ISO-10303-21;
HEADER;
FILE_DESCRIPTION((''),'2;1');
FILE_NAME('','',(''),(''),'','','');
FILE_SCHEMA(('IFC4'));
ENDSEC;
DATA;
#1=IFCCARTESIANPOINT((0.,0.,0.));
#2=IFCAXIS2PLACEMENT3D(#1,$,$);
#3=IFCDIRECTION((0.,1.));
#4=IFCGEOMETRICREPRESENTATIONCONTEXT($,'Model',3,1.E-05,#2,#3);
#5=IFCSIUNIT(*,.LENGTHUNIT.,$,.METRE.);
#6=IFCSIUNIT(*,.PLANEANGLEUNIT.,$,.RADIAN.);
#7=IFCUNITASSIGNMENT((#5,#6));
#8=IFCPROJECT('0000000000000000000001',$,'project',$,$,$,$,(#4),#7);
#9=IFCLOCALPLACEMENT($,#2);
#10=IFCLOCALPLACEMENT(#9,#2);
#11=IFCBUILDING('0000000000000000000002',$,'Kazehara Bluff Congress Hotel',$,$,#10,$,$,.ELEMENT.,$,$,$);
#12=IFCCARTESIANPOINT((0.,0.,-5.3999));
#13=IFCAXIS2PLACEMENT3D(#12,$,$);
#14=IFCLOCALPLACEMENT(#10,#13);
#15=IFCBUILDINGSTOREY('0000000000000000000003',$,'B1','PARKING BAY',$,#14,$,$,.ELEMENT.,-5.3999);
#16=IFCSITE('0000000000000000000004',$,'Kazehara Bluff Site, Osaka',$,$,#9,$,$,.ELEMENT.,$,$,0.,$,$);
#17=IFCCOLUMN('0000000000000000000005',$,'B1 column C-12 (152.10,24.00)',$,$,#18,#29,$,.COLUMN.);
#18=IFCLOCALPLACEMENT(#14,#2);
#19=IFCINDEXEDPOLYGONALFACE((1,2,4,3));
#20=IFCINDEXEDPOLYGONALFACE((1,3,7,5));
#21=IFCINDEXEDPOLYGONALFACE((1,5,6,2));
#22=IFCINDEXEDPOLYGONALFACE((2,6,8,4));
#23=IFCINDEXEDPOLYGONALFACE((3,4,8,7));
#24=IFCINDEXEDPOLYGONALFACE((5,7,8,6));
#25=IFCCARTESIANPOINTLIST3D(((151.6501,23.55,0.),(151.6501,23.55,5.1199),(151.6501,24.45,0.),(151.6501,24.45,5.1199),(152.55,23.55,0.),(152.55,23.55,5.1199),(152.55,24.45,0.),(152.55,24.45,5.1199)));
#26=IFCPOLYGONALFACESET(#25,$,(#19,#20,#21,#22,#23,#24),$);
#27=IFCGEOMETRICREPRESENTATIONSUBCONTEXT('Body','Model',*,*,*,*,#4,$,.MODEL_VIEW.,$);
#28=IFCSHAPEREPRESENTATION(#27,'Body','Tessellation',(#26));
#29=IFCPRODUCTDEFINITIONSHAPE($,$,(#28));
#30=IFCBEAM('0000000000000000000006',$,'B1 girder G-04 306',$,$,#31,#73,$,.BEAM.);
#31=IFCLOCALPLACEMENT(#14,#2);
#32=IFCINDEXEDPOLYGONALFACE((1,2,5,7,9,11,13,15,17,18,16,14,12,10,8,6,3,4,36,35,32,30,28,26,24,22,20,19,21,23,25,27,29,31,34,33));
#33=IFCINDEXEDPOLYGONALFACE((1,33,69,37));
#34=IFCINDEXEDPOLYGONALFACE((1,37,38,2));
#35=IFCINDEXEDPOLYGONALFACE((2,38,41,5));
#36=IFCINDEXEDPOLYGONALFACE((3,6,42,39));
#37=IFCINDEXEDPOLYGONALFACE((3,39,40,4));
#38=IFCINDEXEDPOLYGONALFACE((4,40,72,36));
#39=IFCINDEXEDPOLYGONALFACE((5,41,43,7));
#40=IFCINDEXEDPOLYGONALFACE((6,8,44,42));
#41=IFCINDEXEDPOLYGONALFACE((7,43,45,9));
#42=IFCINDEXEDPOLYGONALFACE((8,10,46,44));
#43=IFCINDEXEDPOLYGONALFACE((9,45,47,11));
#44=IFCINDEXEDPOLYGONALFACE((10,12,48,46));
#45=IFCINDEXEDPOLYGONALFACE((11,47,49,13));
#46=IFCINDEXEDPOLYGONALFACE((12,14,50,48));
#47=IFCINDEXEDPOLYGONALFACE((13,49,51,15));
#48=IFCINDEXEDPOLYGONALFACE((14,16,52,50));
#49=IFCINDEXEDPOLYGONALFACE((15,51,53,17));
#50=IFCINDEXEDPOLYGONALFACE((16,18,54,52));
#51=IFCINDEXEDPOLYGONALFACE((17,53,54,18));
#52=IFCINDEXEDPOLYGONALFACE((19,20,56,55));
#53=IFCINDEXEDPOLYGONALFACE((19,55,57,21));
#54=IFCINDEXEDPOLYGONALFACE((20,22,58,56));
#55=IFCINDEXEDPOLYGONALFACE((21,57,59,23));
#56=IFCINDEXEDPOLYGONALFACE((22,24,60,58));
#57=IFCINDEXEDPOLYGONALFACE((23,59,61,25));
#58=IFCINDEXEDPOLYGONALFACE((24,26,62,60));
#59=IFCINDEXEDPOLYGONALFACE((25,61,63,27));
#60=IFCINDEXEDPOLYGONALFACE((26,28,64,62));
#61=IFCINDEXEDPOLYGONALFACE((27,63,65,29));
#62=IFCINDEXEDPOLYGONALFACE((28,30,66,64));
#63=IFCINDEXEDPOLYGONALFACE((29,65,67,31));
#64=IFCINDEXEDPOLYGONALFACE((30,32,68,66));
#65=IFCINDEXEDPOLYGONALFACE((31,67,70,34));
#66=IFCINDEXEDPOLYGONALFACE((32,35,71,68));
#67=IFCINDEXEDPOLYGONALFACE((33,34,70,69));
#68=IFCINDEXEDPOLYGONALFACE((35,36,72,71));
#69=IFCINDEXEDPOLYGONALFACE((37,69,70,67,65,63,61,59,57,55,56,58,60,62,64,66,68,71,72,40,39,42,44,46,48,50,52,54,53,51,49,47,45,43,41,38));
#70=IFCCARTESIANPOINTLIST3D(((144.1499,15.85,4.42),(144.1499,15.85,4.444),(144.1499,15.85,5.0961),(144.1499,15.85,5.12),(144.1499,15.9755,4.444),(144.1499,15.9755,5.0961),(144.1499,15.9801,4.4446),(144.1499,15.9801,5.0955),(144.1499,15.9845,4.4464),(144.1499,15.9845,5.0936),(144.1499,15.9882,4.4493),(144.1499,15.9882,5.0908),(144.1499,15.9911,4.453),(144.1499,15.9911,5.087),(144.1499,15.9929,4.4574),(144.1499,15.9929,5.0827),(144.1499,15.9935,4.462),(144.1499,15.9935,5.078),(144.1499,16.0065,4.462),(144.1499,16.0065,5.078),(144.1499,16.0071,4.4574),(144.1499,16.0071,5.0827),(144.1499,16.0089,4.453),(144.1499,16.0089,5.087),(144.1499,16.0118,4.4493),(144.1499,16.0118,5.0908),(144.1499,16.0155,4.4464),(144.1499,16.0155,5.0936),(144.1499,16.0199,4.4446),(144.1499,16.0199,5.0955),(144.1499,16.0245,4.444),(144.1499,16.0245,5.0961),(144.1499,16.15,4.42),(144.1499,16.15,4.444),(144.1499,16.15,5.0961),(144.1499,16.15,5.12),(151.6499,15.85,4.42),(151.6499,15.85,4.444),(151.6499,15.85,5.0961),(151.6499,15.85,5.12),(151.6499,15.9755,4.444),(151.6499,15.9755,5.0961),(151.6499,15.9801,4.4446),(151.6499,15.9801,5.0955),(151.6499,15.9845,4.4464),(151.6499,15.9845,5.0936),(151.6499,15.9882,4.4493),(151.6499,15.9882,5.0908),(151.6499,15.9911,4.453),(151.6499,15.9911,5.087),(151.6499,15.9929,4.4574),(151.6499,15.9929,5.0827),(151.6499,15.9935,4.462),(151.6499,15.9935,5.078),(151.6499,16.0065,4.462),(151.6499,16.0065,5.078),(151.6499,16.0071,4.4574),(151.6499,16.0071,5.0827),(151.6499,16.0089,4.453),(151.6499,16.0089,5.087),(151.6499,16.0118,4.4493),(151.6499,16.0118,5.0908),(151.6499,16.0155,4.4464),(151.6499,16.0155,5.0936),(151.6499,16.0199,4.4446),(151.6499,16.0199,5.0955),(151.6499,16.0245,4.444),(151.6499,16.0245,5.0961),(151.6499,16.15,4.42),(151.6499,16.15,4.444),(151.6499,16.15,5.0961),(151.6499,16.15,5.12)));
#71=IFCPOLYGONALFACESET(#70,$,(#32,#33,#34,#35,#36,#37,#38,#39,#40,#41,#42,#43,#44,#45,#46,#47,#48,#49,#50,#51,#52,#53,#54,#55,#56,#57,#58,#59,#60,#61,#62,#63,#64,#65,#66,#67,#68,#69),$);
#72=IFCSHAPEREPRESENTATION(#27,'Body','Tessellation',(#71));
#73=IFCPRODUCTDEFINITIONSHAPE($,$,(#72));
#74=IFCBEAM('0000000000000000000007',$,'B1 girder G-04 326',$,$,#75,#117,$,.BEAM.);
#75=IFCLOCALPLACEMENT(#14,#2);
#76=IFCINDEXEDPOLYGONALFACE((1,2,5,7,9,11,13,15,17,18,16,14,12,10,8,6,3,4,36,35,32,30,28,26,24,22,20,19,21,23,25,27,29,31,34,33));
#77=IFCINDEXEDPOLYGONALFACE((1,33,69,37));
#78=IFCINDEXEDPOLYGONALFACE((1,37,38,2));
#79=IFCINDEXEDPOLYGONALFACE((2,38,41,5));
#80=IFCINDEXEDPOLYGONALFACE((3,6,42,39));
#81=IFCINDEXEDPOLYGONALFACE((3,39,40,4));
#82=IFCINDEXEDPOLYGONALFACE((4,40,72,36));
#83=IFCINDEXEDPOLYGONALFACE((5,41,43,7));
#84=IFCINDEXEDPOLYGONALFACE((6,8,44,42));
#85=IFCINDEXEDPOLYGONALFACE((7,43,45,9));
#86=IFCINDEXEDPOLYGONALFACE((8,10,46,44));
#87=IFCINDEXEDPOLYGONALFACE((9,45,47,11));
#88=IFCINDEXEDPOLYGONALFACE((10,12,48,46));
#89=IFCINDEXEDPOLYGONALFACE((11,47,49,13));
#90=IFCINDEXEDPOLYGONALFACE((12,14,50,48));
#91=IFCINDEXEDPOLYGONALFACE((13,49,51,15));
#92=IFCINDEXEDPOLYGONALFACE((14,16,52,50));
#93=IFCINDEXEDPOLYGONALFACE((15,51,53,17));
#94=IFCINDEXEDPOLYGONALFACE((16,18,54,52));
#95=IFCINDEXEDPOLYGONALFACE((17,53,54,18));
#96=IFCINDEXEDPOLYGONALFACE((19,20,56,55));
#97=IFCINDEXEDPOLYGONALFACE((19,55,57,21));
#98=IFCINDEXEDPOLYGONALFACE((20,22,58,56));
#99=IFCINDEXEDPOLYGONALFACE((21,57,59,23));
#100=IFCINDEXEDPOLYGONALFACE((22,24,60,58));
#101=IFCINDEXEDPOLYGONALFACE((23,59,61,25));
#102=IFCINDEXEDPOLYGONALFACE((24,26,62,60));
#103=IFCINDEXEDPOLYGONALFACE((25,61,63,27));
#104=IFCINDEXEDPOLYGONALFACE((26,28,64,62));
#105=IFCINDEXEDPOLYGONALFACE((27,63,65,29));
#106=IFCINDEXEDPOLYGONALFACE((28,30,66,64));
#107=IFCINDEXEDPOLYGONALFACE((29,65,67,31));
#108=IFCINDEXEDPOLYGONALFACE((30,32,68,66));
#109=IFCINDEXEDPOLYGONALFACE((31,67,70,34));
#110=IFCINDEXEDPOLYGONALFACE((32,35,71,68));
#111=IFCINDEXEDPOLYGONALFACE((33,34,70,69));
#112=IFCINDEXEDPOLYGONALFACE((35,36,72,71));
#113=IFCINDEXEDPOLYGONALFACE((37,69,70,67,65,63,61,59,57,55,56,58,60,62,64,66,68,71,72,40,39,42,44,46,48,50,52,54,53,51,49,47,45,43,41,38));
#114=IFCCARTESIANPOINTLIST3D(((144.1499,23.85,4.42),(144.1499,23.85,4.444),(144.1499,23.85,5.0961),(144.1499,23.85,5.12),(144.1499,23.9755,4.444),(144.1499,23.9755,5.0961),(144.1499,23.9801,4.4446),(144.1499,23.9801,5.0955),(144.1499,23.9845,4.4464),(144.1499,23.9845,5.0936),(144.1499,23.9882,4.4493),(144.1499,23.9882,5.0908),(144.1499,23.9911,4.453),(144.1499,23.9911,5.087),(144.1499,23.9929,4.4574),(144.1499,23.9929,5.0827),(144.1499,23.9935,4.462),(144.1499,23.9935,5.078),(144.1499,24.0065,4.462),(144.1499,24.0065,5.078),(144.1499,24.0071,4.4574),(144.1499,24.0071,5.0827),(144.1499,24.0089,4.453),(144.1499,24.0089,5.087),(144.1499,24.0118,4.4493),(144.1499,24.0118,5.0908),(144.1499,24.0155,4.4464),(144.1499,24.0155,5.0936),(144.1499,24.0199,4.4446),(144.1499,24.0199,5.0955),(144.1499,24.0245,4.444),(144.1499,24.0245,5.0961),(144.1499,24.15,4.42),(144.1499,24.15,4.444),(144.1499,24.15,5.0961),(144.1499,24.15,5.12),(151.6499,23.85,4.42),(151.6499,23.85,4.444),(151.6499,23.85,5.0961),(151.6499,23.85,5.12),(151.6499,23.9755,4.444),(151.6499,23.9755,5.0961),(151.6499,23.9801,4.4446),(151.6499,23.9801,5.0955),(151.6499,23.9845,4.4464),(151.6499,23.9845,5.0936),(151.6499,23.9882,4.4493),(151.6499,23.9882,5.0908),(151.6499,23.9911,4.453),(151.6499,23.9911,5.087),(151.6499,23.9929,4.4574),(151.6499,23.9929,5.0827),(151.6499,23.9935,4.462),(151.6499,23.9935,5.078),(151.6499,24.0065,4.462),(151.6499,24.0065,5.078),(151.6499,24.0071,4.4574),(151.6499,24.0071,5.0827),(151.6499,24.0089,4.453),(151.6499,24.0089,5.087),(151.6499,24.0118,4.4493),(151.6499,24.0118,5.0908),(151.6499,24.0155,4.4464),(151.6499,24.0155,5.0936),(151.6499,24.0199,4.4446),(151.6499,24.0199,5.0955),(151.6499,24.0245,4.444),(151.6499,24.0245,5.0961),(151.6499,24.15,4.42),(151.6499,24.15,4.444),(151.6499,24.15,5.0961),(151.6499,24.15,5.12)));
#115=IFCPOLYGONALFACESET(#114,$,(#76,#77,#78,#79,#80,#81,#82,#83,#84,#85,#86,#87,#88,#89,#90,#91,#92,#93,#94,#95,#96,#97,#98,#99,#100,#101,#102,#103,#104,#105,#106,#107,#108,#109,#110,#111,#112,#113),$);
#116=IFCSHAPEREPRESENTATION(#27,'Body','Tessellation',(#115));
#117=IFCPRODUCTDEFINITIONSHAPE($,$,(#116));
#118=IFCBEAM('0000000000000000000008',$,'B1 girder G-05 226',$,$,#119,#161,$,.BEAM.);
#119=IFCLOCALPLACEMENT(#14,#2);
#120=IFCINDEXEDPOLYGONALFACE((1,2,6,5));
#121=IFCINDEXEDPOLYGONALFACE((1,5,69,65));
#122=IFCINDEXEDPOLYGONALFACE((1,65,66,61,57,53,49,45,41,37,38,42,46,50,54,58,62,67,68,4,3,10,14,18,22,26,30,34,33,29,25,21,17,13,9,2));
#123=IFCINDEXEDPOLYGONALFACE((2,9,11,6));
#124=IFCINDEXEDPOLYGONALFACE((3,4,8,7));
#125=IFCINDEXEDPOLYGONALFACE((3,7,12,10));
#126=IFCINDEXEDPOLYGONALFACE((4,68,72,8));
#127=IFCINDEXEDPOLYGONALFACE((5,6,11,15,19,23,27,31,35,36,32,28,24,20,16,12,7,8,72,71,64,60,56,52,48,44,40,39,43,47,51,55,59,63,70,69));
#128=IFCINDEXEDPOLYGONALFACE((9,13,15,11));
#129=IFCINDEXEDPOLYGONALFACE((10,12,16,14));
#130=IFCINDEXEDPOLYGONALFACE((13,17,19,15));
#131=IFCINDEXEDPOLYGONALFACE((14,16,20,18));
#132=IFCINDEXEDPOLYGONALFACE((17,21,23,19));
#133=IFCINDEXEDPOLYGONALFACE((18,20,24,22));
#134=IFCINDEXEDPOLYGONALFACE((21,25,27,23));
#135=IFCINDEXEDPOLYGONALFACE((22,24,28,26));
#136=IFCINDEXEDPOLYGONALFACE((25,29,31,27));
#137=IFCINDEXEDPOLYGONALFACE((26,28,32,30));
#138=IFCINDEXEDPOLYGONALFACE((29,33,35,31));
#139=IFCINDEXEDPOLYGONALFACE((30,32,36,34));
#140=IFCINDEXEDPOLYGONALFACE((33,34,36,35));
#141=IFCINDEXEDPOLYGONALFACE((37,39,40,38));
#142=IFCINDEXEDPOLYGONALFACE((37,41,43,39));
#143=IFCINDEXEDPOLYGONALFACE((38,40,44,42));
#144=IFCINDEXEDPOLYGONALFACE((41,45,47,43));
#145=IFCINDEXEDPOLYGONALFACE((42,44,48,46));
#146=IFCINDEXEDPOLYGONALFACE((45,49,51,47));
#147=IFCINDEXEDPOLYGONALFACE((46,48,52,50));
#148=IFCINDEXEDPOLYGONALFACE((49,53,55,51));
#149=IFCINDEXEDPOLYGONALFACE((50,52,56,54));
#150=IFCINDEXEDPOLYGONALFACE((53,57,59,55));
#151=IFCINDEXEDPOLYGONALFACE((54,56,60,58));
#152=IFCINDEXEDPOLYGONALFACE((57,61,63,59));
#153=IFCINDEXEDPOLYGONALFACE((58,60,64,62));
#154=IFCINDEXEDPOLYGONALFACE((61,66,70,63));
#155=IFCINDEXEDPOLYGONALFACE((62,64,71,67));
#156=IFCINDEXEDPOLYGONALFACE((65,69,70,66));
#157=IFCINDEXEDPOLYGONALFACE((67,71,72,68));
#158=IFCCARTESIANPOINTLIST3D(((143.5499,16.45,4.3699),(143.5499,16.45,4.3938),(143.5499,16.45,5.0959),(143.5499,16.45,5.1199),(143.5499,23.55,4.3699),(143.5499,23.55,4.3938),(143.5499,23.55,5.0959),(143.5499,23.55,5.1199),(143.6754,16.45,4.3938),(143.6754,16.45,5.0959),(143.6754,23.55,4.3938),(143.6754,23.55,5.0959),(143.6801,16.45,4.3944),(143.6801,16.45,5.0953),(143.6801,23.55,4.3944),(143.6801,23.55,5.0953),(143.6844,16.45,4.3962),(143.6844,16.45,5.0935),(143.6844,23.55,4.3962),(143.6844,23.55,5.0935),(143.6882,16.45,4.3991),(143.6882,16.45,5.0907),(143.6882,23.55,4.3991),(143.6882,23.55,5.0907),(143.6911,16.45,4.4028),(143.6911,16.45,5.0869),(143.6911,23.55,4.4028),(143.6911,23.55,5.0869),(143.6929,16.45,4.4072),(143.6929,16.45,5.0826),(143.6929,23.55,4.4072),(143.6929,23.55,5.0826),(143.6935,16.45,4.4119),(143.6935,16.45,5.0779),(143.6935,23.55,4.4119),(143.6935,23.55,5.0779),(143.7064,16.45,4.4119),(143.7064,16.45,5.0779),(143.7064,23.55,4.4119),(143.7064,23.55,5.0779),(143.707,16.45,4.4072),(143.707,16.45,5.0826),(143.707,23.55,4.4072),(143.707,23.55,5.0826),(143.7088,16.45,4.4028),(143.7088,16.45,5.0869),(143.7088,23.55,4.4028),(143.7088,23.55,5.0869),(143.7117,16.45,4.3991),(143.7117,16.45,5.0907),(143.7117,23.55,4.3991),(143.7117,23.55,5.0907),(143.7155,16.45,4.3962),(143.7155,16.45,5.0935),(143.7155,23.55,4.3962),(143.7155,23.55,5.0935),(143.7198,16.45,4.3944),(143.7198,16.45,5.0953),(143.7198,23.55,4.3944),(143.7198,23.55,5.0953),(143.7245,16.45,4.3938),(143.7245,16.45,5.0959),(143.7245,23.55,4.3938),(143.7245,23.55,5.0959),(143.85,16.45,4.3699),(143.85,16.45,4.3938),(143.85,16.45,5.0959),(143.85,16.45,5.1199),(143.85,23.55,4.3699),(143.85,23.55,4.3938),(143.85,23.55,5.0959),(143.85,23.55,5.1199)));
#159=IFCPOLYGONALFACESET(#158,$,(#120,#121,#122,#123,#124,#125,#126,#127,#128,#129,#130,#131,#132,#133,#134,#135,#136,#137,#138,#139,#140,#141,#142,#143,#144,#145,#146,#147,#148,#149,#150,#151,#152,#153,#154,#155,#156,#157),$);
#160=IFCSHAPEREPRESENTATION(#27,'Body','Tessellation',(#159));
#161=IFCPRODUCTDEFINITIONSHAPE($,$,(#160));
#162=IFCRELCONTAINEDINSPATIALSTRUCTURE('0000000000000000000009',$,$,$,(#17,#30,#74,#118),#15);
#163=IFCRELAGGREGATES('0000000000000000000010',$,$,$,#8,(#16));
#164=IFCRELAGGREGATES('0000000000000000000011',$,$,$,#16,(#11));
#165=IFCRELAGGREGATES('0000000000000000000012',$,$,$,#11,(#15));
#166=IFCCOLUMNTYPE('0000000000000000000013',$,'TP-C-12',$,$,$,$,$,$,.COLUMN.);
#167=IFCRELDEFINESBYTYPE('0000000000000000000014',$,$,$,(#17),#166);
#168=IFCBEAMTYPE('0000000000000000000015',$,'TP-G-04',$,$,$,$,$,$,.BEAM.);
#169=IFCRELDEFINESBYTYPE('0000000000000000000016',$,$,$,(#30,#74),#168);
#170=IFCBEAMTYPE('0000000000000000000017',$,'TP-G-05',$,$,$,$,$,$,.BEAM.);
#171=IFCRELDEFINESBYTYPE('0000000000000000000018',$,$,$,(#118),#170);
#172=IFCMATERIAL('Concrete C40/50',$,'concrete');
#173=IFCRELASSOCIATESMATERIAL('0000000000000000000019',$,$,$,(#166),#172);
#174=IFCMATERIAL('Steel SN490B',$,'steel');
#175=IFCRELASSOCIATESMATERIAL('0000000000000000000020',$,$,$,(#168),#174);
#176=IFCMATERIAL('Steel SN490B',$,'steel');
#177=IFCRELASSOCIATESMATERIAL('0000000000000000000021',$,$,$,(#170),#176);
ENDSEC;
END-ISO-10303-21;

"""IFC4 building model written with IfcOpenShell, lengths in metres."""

from ifc_helpers import new_model, si_unit, direction, frame, origin, origin_2d, place, context, subcontext, project, spatial, rectangle, i_section, extrude, material, material_profile, profile_set, type_object, element, save


model = new_model("IFC4")

# Units and contexts
model_context = context("Model", 3, precision=1e-05, world=origin(), true_north=direction((0.0, 1.0)))
body_context = subcontext(model_context, "Body", "Model", "MODEL_VIEW")
ifc_project = project(units=[si_unit("LENGTHUNIT", "METRE"), si_unit("PLANEANGLEUNIT", "RADIAN")], contexts=[model_context])

# Site, building, storey
site_placement = place(None, origin())
site = spatial("IfcSite", under=ifc_project, at=site_placement, Name="Kazehara Bluff Site, Osaka", CompositionType="ELEMENT", RefElevation=0.0)
building_placement = place(site_placement, origin())
building = spatial("IfcBuilding", under=site, at=building_placement, Name="Kazehara Bluff Congress Hotel", CompositionType="ELEMENT")
storey_placement = place(building_placement, frame((0.0, 0.0, -5.3999)))
storey = spatial("IfcBuildingStorey", under=building, at=storey_placement, Name="B1", Description="PARKING BAY", CompositionType="ELEMENT", Elevation=-5.3999)

# Column
ifc_material_1 = material(Name="Concrete C40/50", Category="concrete")
ifc_material_profile_1 = material_profile(ifc_material_1, rectangle(XDim=0.8999, YDim=0.8999, at=origin_2d()))
ifc_profile_set_1 = profile_set([ifc_material_profile_1], Name="Concrete C40/50")
column_type_1 = type_object("IfcColumnType", Name="TP-C-12", PredefinedType="COLUMN", material=ifc_profile_set_1)
column_placement = place(storey_placement, frame((152.1001, 24.0, 0.0), z_axis=(0.0, 0.0, 1.0), x_axis=(1.0, 0.0, 0.0)))
element("IfcColumn", 1, at=column_placement, inside=storey, type_object=column_type_1, Name="B1 column C-12 (152.10,24.00)", PredefinedType="COLUMN", context=body_context, shape_type="SweptSolid", body=[
    extrude(rectangle(XDim=0.8999, YDim=0.8999, at=origin_2d()), origin(), (0.0, 0.0, 1.0), 5.1199),
])

# Beams
ifc_material_2 = material(Name="Steel SN490B", Category="steel")
ifc_material_profile_2 = material_profile(ifc_material_2, i_section(OverallWidth=0.3, OverallDepth=0.7, WebThickness=0.0129, FlangeThickness=0.0239, FilletRadius=0.0181, at=origin_2d()))
ifc_profile_set_2 = profile_set([ifc_material_profile_2], Name="Steel SN490B")
beam_type_1 = type_object("IfcBeamType", Name="TP-G-04", PredefinedType="BEAM", material=ifc_profile_set_2)
for number, where, z_axis, x_axis, name in (
    (2, (144.1499, 16.0, 4.77), (1.0, 0.0, 0.0), (0.0, 1.0, 0.0), "B1 girder G-04 306"),
    (3, (144.1499, 24.0, 4.77), (1.0, 0.0, 0.0), (0.0, 1.0, 0.0), "B1 girder G-04 326"),
):
    element("IfcBeam", number, at=place(storey_placement, frame(where, z_axis=z_axis, x_axis=x_axis)), inside=storey, type_object=beam_type_1, Name=name, PredefinedType="BEAM", context=body_context, shape_type="SweptSolid", body=[
        extrude(i_section(OverallWidth=0.3, OverallDepth=0.7, WebThickness=0.0129, FlangeThickness=0.0239, FilletRadius=0.0181, at=origin_2d()), origin(), (0.0, 0.0, 1.0), 7.5),
    ])
ifc_material_3 = material(Name="Steel SN490B", Category="steel")
ifc_material_profile_3 = material_profile(ifc_material_3, i_section(OverallWidth=0.3, OverallDepth=0.75, WebThickness=0.0129, FlangeThickness=0.0239, FilletRadius=0.0181, at=origin_2d()))
ifc_profile_set_3 = profile_set([ifc_material_profile_3], Name="Steel SN490B")
beam_type_2 = type_object("IfcBeamType", Name="TP-G-05", PredefinedType="BEAM", material=ifc_profile_set_3)
for number, where, z_axis, x_axis, name in (
    (4, (143.7, 16.45, 4.7449), (0.0, 1.0, 0.0), (-1.0, 0.0, 0.0), "B1 girder G-05 226"),
):
    element("IfcBeam", number, at=place(storey_placement, frame(where, z_axis=z_axis, x_axis=x_axis)), inside=storey, type_object=beam_type_2, Name=name, PredefinedType="BEAM", context=body_context, shape_type="SweptSolid", body=[
        extrude(i_section(OverallWidth=0.3, OverallDepth=0.75, WebThickness=0.0129, FlangeThickness=0.0239, FilletRadius=0.0181, at=origin_2d()), origin(), (0.0, 0.0, 1.0), 7.1001),
    ])

save(model, "model.ifc")
